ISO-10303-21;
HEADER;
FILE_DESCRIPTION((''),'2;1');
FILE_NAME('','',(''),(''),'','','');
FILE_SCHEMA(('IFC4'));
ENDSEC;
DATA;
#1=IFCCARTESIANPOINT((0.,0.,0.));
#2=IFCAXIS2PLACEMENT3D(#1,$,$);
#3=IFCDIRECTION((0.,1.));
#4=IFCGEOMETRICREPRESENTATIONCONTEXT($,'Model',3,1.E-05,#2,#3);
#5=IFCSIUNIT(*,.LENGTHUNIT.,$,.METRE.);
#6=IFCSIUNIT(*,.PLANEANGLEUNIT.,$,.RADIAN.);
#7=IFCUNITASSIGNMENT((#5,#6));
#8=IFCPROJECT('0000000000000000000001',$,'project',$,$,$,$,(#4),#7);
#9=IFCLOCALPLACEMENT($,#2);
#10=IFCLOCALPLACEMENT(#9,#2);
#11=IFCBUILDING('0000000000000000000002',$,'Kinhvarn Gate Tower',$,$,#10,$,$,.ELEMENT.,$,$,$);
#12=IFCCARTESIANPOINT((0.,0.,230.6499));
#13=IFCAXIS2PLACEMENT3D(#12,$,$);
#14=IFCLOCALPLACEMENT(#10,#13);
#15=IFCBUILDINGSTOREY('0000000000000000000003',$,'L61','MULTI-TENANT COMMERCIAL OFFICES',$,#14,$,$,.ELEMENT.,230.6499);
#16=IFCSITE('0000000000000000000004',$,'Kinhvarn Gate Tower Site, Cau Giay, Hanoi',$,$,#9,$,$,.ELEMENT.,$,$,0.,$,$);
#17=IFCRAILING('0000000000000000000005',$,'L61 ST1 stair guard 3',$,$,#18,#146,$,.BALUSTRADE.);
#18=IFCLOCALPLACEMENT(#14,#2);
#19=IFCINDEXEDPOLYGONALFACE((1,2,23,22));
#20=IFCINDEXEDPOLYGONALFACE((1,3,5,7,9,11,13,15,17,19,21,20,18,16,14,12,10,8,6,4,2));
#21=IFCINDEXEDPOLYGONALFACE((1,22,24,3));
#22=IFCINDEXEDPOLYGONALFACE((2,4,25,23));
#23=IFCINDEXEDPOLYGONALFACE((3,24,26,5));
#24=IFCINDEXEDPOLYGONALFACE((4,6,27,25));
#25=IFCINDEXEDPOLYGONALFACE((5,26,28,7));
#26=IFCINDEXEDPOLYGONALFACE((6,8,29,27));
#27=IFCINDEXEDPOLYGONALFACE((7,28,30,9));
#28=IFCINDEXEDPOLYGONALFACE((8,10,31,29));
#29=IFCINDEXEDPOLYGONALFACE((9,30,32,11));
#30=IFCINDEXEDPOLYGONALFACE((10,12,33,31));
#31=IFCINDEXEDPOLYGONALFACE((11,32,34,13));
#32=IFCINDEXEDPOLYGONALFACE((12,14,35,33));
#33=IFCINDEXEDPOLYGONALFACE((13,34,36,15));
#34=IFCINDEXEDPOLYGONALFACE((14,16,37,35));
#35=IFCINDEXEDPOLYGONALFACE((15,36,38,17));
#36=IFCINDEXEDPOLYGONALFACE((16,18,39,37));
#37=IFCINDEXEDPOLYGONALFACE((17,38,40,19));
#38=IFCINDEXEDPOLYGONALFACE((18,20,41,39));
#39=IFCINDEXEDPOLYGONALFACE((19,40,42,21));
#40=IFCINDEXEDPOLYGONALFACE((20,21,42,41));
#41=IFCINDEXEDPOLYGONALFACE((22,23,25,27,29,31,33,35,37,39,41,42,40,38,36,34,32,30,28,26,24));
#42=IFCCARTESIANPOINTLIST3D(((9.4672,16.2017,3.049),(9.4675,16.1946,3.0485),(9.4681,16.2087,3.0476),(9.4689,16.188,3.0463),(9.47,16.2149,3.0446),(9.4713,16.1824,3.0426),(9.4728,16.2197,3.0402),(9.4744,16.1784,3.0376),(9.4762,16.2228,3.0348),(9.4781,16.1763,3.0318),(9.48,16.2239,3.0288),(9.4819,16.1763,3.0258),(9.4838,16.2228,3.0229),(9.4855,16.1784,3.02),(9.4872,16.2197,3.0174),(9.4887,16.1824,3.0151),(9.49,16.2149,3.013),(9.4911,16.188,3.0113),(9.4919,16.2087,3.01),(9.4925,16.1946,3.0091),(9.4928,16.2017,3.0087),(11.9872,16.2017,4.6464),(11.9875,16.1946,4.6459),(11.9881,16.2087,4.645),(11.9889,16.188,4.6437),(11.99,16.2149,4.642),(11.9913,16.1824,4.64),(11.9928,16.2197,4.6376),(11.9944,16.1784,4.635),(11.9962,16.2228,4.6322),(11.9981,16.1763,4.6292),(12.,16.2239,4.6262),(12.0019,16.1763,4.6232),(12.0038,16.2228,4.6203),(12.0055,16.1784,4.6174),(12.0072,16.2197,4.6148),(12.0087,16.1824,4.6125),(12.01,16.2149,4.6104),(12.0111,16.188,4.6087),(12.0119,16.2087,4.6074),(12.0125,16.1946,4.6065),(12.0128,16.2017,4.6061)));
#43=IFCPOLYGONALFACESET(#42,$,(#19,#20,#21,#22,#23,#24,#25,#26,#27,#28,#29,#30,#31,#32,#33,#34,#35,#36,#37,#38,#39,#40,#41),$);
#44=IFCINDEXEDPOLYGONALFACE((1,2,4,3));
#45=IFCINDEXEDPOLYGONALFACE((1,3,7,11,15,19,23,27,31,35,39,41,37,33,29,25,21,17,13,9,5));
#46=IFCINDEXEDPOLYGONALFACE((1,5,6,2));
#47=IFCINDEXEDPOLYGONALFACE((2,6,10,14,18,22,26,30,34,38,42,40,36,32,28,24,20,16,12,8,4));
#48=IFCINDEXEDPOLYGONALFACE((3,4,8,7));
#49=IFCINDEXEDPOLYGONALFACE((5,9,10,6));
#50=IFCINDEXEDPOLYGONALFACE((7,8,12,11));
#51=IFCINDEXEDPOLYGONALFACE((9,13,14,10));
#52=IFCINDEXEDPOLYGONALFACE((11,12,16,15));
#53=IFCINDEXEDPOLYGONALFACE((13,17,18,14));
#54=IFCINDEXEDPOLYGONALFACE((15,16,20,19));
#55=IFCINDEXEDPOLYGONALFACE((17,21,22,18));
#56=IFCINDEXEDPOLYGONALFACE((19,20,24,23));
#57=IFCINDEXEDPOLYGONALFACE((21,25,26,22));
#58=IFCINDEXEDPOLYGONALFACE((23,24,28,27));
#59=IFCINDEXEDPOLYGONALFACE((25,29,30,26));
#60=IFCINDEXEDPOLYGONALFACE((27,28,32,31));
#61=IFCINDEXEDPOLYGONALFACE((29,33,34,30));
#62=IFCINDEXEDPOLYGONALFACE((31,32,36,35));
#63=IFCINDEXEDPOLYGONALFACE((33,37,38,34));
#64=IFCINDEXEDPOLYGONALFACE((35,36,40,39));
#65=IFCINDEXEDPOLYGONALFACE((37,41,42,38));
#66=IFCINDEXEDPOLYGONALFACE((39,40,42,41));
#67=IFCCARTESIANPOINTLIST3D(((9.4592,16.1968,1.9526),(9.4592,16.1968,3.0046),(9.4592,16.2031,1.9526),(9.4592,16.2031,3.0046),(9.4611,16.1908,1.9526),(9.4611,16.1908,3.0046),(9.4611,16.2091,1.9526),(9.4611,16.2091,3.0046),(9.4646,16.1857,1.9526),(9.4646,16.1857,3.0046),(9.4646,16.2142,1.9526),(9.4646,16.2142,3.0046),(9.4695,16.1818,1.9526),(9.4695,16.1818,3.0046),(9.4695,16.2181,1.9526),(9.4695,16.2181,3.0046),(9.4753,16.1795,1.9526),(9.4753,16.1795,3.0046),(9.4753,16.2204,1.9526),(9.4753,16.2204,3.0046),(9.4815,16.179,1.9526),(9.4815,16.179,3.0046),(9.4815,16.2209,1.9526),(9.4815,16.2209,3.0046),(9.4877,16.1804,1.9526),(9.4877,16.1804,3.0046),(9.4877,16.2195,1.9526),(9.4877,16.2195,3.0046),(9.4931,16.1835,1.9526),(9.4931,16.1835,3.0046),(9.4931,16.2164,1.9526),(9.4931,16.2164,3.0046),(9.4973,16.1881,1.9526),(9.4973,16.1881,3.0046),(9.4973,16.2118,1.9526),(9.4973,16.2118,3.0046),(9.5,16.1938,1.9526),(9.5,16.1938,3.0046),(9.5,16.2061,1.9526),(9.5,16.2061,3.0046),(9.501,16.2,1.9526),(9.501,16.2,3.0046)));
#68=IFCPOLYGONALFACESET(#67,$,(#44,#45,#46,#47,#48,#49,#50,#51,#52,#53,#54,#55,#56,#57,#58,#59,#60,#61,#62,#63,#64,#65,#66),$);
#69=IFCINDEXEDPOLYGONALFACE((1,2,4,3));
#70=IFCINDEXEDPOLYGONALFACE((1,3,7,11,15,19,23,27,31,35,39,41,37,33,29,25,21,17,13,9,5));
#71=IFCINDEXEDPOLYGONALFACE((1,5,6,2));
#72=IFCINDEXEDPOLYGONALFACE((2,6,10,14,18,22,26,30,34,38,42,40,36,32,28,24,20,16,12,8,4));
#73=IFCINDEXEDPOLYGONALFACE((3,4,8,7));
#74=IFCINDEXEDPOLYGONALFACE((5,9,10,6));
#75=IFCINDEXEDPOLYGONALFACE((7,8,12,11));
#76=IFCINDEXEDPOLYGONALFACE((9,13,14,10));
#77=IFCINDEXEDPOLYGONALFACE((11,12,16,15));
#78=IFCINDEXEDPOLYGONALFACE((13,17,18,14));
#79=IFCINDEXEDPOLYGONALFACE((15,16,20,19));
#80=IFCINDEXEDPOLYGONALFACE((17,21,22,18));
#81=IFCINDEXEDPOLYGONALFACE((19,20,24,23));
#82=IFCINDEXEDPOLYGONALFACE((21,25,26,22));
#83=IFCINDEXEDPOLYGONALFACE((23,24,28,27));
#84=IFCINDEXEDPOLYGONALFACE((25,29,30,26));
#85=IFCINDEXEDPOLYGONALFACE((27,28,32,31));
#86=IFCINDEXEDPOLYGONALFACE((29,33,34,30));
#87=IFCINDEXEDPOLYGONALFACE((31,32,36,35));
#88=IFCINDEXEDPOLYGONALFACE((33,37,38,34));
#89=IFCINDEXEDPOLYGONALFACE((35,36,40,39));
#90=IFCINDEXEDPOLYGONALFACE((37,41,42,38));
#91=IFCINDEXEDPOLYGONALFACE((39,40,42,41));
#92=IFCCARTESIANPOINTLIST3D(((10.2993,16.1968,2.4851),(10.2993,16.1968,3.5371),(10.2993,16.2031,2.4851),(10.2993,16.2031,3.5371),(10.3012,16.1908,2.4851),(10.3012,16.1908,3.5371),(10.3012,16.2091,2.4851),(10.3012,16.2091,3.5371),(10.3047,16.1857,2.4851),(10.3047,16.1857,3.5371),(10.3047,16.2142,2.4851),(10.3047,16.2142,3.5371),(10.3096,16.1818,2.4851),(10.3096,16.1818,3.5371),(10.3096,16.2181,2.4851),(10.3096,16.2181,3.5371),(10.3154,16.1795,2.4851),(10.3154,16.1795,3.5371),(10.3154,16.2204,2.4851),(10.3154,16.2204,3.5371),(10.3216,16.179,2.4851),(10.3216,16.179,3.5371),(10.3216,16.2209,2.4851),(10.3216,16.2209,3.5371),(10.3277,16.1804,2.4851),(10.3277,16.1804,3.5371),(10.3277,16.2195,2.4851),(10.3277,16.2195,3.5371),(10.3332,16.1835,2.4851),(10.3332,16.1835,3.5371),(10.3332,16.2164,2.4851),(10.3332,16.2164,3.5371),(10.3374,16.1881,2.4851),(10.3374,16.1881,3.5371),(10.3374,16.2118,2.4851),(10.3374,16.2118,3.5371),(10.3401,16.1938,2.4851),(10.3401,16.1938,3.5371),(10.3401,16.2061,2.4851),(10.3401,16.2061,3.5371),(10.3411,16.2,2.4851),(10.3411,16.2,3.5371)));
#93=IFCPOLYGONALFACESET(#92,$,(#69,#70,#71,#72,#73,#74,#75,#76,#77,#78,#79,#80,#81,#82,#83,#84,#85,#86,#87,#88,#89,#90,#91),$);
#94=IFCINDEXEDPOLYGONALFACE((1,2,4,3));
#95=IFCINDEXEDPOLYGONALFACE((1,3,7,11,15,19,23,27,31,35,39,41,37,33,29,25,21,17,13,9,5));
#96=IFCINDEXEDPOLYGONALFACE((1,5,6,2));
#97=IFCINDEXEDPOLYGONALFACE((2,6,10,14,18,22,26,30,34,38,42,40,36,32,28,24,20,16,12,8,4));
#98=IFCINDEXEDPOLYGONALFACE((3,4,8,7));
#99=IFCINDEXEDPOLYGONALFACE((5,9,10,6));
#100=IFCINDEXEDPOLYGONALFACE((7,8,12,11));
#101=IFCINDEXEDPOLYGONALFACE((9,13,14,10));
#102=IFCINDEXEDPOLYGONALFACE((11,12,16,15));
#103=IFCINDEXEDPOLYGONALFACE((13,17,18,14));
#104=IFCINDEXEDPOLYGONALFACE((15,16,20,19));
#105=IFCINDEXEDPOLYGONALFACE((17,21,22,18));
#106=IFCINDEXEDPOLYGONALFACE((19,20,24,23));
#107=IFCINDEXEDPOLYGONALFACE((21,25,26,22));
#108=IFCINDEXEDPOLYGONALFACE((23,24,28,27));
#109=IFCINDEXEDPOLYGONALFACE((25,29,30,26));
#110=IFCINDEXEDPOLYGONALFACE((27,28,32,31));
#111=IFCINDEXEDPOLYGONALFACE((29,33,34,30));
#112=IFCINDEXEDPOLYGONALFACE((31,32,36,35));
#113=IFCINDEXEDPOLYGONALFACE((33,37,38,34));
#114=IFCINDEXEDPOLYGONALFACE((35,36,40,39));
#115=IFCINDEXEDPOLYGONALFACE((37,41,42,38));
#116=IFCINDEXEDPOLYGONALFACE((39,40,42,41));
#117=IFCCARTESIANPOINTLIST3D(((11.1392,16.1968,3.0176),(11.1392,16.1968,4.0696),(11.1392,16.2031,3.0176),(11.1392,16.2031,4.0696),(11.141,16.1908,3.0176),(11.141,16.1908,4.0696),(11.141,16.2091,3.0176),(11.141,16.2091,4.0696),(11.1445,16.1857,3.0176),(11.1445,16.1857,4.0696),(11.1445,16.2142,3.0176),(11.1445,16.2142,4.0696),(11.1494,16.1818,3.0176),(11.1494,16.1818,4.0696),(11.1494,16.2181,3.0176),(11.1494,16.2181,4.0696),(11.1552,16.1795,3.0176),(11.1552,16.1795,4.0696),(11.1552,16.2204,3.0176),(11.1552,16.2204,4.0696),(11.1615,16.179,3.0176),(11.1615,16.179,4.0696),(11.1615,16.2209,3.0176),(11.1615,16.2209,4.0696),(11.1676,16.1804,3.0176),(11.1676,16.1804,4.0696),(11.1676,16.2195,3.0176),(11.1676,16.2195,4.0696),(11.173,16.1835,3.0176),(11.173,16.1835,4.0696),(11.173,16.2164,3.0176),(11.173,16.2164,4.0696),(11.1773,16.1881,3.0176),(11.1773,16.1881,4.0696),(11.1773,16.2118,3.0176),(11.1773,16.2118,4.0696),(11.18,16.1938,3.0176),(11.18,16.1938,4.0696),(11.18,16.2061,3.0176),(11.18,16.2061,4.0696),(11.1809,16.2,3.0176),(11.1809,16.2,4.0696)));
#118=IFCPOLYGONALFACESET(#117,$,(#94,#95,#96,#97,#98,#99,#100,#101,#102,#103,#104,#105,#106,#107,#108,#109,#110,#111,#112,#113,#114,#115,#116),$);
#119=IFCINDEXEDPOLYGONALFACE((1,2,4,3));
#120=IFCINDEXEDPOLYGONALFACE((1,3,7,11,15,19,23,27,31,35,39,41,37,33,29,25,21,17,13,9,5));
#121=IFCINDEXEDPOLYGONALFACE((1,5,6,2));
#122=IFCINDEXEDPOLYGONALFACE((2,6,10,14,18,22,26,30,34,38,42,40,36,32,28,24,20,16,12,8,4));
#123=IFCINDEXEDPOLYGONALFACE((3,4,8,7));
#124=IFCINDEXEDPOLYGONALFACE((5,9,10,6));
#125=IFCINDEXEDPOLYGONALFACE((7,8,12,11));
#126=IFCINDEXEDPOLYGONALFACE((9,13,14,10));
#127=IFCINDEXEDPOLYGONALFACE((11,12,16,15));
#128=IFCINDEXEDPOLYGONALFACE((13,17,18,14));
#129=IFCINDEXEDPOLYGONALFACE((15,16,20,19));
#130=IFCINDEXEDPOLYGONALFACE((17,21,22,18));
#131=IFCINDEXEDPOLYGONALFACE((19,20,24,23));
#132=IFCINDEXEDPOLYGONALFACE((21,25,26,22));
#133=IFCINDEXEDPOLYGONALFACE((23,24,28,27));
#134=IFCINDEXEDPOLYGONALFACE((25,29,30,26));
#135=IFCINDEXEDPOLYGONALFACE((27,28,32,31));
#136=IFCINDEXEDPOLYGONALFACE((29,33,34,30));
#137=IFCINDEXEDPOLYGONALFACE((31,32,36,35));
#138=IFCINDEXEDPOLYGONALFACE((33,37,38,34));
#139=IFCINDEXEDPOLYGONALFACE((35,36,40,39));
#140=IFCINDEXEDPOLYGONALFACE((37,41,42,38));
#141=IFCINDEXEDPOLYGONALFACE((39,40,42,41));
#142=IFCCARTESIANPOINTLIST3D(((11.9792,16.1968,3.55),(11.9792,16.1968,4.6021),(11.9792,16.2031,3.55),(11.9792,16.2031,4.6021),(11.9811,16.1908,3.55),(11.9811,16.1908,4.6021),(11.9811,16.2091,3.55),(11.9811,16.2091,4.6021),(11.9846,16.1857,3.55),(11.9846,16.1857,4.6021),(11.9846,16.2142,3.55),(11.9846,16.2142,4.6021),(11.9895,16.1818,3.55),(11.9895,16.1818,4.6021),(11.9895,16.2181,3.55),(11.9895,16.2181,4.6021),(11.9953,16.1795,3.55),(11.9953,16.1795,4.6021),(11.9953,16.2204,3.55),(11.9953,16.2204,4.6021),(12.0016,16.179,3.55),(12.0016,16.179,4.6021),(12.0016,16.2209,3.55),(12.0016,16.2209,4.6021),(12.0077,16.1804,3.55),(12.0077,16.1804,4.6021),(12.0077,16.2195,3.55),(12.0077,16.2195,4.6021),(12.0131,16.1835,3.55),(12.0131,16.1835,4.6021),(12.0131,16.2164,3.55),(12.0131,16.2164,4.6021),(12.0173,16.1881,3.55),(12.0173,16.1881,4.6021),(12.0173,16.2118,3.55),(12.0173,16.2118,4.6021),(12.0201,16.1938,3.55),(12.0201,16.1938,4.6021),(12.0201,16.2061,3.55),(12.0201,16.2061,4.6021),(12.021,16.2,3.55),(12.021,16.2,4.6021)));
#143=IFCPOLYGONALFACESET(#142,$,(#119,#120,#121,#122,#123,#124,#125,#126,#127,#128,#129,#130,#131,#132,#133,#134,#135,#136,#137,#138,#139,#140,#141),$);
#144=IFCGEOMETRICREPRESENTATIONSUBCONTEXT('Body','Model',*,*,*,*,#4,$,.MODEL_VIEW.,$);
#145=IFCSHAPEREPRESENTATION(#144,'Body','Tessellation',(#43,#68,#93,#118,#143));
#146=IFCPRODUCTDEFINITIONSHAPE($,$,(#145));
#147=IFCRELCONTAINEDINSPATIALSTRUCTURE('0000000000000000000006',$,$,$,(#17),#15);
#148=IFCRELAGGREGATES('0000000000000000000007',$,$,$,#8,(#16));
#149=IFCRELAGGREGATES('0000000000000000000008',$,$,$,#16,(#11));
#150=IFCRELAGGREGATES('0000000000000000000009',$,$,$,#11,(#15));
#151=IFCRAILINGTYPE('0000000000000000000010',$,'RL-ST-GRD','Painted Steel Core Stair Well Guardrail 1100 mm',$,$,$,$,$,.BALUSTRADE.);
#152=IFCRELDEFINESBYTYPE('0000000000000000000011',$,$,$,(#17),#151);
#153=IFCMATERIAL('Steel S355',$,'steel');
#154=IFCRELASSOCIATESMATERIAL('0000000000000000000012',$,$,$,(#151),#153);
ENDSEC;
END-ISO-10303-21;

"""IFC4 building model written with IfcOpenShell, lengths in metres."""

from ifc_helpers import new_model, si_unit, direction, frame, origin, origin_2d, place, context, subcontext, project, spatial, circle, extrude, material, type_object, element, save


model = new_model("IFC4")

# Units and contexts
model_context = context("Model", 3, precision=1e-05, world=origin(), true_north=direction((0.0, 1.0)))
body_context = subcontext(model_context, "Body", "Model", "MODEL_VIEW")
ifc_project = project(units=[si_unit("LENGTHUNIT", "METRE"), si_unit("PLANEANGLEUNIT", "RADIAN")], contexts=[model_context])

# Site, building, storey
site_placement = place(None, origin())
site = spatial("IfcSite", under=ifc_project, at=site_placement, Name="Kinhvarn Gate Tower Site, Cau Giay, Hanoi", CompositionType="ELEMENT", RefElevation=0.0)
building_placement = place(site_placement, origin())
building = spatial("IfcBuilding", under=site, at=building_placement, Name="Kinhvarn Gate Tower", CompositionType="ELEMENT")
storey_placement = place(building_placement, frame((0.0, 0.0, 230.6499)))
storey = spatial("IfcBuildingStorey", under=building, at=storey_placement, Name="L61", Description="MULTI-TENANT COMMERCIAL OFFICES", CompositionType="ELEMENT", Elevation=230.6499)

# Shared definitions
ifc_material_1 = material(Name="Steel S355", Category="steel")

# Railing
railing_type_1 = type_object("IfcRailingType", Name="RL-ST-GRD", Description="Painted Steel Core Stair Well Guardrail 1100 mm", PredefinedType="BALUSTRADE", material=ifc_material_1)
railing_1_placement = place(storey_placement, frame((9.48, 16.2, 1.9526)))
element("IfcRailing", 1, at=railing_1_placement, inside=storey, type_object=railing_type_1, Name="L61 ST1 stair guard 3", PredefinedType="BALUSTRADE", context=body_context, shape_type="SweptSolid", body=[
    extrude(circle(Radius=0.0239, at=origin_2d()), frame((0.0, 0.0, 1.0762), z_axis=(0.844607, 0.0, 0.535387), x_axis=(0.0, 1.0, 0.0)), (0.0, 0.0, 1.0), 2.9836),
    extrude(circle(Radius=0.021, at=origin_2d()), origin(), (0.0, 0.0, 1.0), 1.052),
    extrude(circle(Radius=0.021, at=origin_2d()), frame((0.8401, 0.0, 0.5325)), (0.0, 0.0, 1.0), 1.052),
    extrude(circle(Radius=0.021, at=origin_2d()), frame((1.6799, 0.0, 1.0649)), (0.0, 0.0, 1.0), 1.052),
    extrude(circle(Radius=0.021, at=origin_2d()), frame((2.52, 0.0, 1.5974)), (0.0, 0.0, 1.0), 1.052),
])

save(model, "model.ifc")
